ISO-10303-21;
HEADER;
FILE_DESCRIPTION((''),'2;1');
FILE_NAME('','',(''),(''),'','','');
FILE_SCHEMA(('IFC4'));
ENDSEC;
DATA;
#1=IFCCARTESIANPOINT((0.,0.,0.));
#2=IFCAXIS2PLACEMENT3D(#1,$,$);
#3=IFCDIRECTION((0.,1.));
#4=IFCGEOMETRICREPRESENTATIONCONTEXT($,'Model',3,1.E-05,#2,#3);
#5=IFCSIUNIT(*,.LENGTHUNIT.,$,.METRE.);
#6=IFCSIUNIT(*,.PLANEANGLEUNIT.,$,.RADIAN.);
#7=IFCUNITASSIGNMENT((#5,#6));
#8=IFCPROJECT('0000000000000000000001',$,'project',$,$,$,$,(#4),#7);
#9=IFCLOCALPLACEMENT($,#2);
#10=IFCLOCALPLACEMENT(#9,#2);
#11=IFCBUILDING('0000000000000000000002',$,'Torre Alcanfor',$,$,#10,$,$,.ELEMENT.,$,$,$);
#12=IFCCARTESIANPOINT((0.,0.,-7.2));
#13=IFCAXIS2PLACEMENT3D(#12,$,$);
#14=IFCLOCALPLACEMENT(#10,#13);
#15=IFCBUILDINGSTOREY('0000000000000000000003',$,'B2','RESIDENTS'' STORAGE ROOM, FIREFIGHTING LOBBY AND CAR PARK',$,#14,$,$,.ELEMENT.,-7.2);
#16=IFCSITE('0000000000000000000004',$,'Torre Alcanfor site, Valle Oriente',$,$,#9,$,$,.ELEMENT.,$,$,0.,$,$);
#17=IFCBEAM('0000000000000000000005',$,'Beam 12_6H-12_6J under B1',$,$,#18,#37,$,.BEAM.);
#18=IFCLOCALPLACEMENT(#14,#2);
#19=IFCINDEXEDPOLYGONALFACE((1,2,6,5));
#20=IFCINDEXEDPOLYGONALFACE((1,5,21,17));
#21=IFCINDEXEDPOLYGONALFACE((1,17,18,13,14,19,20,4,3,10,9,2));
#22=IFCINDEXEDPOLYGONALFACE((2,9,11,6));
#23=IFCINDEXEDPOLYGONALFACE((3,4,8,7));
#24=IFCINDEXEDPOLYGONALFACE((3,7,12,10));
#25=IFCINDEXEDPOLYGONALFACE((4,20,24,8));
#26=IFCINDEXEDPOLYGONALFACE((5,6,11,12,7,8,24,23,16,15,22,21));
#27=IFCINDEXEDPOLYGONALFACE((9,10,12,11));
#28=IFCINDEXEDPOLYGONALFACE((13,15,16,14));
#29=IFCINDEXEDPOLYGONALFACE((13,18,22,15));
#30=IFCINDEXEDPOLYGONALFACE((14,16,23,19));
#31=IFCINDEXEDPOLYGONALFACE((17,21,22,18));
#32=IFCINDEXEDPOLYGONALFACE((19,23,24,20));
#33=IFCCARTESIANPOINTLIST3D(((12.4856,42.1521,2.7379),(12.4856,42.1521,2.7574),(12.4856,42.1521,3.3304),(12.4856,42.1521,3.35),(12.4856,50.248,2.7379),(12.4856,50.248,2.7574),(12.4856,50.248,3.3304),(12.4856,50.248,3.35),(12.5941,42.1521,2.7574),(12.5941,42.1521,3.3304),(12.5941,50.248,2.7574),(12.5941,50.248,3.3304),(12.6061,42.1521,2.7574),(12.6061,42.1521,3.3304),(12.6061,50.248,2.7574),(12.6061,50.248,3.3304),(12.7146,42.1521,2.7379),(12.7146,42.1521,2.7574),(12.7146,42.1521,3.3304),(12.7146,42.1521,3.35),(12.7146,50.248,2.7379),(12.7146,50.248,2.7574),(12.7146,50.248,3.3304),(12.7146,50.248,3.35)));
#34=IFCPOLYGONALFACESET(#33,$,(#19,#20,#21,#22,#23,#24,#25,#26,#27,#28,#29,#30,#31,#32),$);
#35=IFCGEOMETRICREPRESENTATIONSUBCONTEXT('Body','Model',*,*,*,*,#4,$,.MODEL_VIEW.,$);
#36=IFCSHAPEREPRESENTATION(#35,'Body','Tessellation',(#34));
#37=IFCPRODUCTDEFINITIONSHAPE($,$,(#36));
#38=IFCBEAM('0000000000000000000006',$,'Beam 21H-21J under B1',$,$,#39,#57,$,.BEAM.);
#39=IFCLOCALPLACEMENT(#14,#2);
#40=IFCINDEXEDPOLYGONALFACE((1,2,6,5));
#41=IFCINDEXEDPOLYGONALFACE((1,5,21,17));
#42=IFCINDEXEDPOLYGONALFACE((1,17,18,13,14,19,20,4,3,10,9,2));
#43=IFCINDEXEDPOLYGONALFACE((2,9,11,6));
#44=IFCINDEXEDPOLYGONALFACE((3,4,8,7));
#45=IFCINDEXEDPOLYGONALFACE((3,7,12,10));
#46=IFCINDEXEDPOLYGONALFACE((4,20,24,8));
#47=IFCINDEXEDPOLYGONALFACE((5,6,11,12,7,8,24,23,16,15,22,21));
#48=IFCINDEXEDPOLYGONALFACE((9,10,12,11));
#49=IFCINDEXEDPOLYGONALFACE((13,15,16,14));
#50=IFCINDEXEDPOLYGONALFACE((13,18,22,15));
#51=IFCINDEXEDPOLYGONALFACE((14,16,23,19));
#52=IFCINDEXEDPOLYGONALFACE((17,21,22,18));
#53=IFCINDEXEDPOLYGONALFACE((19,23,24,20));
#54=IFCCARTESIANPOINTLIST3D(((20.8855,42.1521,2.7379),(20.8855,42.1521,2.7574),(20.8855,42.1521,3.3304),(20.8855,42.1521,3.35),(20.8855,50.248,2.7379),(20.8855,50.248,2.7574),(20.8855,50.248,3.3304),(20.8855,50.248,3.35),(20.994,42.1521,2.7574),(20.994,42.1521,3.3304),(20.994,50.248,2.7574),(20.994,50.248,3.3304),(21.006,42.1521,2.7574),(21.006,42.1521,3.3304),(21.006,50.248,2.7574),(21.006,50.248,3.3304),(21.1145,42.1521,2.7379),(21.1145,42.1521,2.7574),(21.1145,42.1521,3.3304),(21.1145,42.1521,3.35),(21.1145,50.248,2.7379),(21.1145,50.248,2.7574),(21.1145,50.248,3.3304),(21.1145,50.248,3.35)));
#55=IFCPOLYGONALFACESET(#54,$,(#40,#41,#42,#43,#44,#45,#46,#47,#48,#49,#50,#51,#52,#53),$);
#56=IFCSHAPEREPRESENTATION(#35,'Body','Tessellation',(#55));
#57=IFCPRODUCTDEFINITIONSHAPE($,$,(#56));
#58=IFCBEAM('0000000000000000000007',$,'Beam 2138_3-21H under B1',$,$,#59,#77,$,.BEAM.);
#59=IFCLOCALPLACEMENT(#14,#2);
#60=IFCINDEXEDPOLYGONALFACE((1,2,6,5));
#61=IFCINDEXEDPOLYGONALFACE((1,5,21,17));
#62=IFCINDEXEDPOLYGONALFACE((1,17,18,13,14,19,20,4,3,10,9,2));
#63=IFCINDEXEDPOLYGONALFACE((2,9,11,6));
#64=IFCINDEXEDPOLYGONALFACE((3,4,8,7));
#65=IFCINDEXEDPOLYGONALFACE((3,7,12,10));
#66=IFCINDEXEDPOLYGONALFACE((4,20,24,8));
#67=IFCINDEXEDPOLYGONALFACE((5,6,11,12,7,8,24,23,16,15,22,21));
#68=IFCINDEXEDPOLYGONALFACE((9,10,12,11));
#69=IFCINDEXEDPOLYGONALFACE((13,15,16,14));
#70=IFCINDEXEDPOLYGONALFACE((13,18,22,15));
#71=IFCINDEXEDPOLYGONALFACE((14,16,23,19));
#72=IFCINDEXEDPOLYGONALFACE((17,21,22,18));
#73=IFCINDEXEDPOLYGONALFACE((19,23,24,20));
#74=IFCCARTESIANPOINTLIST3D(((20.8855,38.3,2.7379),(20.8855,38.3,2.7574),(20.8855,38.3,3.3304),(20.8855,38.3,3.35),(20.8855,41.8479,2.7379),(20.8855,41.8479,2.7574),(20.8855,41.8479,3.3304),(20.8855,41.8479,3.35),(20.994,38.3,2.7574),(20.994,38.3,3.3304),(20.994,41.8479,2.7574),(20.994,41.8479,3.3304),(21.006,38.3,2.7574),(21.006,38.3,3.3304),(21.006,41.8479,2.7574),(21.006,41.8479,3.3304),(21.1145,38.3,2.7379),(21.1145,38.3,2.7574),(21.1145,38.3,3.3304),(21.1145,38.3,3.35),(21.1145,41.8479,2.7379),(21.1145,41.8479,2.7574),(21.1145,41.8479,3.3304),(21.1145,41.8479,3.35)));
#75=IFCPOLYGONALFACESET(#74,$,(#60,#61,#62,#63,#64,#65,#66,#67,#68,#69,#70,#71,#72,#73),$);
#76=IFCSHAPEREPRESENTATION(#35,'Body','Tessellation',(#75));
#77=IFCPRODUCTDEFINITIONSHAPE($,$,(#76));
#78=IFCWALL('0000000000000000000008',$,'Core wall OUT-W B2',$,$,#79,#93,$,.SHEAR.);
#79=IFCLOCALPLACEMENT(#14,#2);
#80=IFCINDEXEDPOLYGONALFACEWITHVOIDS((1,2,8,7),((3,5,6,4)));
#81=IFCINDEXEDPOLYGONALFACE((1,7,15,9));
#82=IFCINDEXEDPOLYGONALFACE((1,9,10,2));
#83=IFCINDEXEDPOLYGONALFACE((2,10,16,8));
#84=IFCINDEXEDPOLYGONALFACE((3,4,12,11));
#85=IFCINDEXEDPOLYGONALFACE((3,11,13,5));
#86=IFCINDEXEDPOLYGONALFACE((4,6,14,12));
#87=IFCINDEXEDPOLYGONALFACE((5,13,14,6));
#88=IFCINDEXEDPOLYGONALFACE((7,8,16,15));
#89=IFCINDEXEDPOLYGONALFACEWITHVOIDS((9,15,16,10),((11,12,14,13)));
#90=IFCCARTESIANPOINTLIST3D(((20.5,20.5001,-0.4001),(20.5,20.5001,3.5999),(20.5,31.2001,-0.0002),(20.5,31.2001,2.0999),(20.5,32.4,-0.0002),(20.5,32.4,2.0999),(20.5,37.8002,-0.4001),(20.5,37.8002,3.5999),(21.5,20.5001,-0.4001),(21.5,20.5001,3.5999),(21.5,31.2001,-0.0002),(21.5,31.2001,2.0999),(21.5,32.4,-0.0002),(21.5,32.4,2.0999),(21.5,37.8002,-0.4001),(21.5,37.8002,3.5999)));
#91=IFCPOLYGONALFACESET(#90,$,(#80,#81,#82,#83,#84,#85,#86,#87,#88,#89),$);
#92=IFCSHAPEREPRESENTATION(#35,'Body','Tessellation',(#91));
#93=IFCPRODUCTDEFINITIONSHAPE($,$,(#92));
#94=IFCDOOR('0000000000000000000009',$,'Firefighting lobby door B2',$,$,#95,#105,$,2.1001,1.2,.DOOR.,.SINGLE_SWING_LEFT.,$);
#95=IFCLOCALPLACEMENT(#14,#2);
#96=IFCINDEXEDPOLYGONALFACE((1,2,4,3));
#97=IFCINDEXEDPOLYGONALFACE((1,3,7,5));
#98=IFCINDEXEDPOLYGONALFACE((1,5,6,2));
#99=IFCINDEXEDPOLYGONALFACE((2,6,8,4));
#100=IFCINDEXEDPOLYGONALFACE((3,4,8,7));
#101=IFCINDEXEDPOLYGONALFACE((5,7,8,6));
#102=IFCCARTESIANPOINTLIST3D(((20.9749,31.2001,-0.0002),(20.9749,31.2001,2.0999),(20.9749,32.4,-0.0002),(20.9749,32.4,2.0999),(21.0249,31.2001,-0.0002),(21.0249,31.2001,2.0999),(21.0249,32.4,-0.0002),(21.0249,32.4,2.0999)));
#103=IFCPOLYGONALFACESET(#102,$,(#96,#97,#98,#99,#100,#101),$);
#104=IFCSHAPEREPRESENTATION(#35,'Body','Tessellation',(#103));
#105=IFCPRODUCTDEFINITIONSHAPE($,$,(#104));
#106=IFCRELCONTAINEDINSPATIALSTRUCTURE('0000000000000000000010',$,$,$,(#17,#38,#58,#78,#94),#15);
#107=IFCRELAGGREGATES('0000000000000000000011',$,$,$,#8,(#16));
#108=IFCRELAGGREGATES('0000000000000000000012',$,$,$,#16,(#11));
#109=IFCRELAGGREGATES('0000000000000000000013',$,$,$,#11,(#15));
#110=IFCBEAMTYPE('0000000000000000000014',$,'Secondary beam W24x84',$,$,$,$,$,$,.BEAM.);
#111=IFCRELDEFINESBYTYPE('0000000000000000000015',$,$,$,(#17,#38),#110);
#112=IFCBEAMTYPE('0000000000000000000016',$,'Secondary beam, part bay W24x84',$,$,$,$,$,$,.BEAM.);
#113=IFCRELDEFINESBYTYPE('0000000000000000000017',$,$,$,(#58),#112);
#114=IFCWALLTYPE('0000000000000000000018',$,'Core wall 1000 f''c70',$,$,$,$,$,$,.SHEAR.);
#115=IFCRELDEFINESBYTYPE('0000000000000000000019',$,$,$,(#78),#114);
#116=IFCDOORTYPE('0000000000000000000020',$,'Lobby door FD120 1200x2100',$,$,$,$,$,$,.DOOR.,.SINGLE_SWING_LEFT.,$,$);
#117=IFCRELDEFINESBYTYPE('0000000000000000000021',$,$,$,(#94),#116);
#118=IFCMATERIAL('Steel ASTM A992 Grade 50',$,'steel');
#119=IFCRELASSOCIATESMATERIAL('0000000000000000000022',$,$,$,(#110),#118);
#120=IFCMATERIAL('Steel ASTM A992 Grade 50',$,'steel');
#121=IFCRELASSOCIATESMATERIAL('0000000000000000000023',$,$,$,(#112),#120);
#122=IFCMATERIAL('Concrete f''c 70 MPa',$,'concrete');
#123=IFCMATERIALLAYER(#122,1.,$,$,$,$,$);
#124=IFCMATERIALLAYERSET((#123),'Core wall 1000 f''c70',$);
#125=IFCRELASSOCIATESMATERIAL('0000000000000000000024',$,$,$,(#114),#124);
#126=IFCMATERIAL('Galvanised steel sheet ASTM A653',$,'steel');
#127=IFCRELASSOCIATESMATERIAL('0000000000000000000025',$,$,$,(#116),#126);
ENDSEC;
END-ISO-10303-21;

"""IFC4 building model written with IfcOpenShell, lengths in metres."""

from ifc_helpers import new_model, si_unit, direction, frame, frame_2d, origin, origin_2d, place, context, subcontext, project, spatial, rectangle, i_section, extrude, material, layer, layer_set, material_profile, profile_set, type_object, element, fill, save


model = new_model("IFC4")

# Units and contexts
model_context = context("Model", 3, precision=1e-05, world=origin(), true_north=direction((0.0, 1.0)))
body_context = subcontext(model_context, "Body", "Model", "MODEL_VIEW")
ifc_project = project(units=[si_unit("LENGTHUNIT", "METRE"), si_unit("PLANEANGLEUNIT", "RADIAN")], contexts=[model_context])

# Site, building, storey
site_placement = place(None, origin())
site = spatial("IfcSite", under=ifc_project, at=site_placement, Name="Torre Alcanfor site, Valle Oriente", CompositionType="ELEMENT", RefElevation=0.0)
building_placement = place(site_placement, origin())
building = spatial("IfcBuilding", under=site, at=building_placement, Name="Torre Alcanfor", CompositionType="ELEMENT")
storey_placement = place(building_placement, frame((0.0, 0.0, -7.2)))
storey = spatial("IfcBuildingStorey", under=building, at=storey_placement, Name="B2", Description="RESIDENTS' STORAGE ROOM, FIREFIGHTING LOBBY AND CAR PARK", CompositionType="ELEMENT", Elevation=-7.2)

# Beams
ifc_material_1 = material(Name="Steel ASTM A992 Grade 50", Category="steel")
ifc_material_profile_1 = material_profile(ifc_material_1, i_section(OverallWidth=0.229, OverallDepth=0.6121, WebThickness=0.012, FlangeThickness=0.0195, at=origin_2d()), Name="W24x84")
ifc_profile_set_1 = profile_set([ifc_material_profile_1], Name="Steel ASTM A992 Grade 50")
beam_type_1 = type_object("IfcBeamType", Name="Secondary beam W24x84", PredefinedType="BEAM", material=ifc_profile_set_1)
for number, where, z_axis, x_axis, name in (
    (1, (12.6001, 42.1521, 3.0439), (0.0, 1.0, 0.0), (-1.0, 0.0, 0.0), "Beam 12_6H-12_6J under B1"),
    (2, (21.0, 42.1521, 3.0439), (0.0, 1.0, 0.0), (-1.0, 0.0, 0.0), "Beam 21H-21J under B1"),
):
    element("IfcBeam", number, at=place(storey_placement, frame(where, z_axis=z_axis, x_axis=x_axis)), inside=storey, type_object=beam_type_1, Name=name, PredefinedType="BEAM", context=body_context, shape_type="SweptSolid", body=[
        extrude(i_section(OverallWidth=0.229, OverallDepth=0.6121, WebThickness=0.012, FlangeThickness=0.0195, at=origin_2d()), origin(), (0.0, 0.0, 1.0), 8.0959),
    ])
ifc_material_2 = material(Name="Steel ASTM A992 Grade 50", Category="steel")
ifc_material_profile_2 = material_profile(ifc_material_2, i_section(OverallWidth=0.229, OverallDepth=0.6121, WebThickness=0.012, FlangeThickness=0.0195, at=origin_2d()), Name="W24x84")
ifc_profile_set_2 = profile_set([ifc_material_profile_2], Name="Steel ASTM A992 Grade 50")
beam_type_2 = type_object("IfcBeamType", Name="Secondary beam, part bay W24x84", PredefinedType="BEAM", material=ifc_profile_set_2)
beam_1_placement = place(storey_placement, frame((21.0, 38.3, 3.0439), z_axis=(0.0, 1.0, 0.0), x_axis=(-1.0, 0.0, 0.0)))
element("IfcBeam", 3, at=beam_1_placement, inside=storey, type_object=beam_type_2, Name="Beam 2138_3-21H under B1", PredefinedType="BEAM", context=body_context, shape_type="SweptSolid", body=[
    extrude(i_section(OverallWidth=0.229, OverallDepth=0.6121, WebThickness=0.012, FlangeThickness=0.0195, at=origin_2d()), origin(), (0.0, 0.0, 1.0), 3.5479),
])

# Wall, opening, door
ifc_material_3 = material(Name="Concrete f'c 70 MPa", Category="concrete")
ifc_layer = layer(ifc_material_3, 1.0)
ifc_layer_set = layer_set([ifc_layer], Name="Core wall 1000 f'c70")
wall_type = type_object("IfcWallType", Name="Core wall 1000 f'c70", PredefinedType="SHEAR", material=ifc_layer_set)
wall_placement = place(storey_placement, frame((21.0, 37.8, -0.4001), z_axis=(0.0, 0.0, 1.0), x_axis=(0.0, -1.0, 0.0)))
wall = element("IfcWall", 4, at=wall_placement, inside=storey, type_object=wall_type, Name="Core wall OUT-W B2", PredefinedType="SHEAR", context=body_context, shape_type="SweptSolid", body=[
    extrude(rectangle(XDim=17.3, YDim=1.0, at=frame_2d((8.6499, 0.0))), origin(), (0.0, 0.0, 1.0), 4.0),
])
opening_placement = place(wall_placement, frame((5.3999, 0.0, 0.3999)))
opening = element("IfcOpeningElement", 5, at=opening_placement, cuts=wall, PredefinedType="OPENING", context=body_context, shape_type="SweptSolid", body=[
    extrude(rectangle(XDim=1.2, YDim=2.1001, at=frame_2d((0.6001, 1.05))), frame((0.0, 0.51, 0.0), z_axis=(0.0, -1.0, 0.0), x_axis=(1.0, 0.0, 0.0)), (0.0, 0.0, 1.0), 1.02),
])
ifc_material_4 = material(Name="Galvanised steel sheet ASTM A653", Category="steel")
door_type = type_object("IfcDoorType", Name="Lobby door FD120 1200x2100", OperationType="SINGLE_SWING_LEFT", PredefinedType="DOOR", material=ifc_material_4)
door_placement = place(opening_placement, origin())
door = element("IfcDoor", 6, at=door_placement, inside=storey, type_object=door_type, Name="Firefighting lobby door B2", OperationType="SINGLE_SWING_LEFT", OverallHeight=2.1001, OverallWidth=1.2, PredefinedType="DOOR", context=body_context, shape_type="SweptSolid", body=[
    extrude(rectangle(XDim=1.2, YDim=2.1001, at=frame_2d((0.6001, 1.05))), frame((0.0, 0.0249, 0.0), z_axis=(0.0, -1.0, 0.0), x_axis=(1.0, 0.0, 0.0)), (0.0, 0.0, 1.0), 0.05),
])
fill(opening, door)

save(model, "model.ifc")
